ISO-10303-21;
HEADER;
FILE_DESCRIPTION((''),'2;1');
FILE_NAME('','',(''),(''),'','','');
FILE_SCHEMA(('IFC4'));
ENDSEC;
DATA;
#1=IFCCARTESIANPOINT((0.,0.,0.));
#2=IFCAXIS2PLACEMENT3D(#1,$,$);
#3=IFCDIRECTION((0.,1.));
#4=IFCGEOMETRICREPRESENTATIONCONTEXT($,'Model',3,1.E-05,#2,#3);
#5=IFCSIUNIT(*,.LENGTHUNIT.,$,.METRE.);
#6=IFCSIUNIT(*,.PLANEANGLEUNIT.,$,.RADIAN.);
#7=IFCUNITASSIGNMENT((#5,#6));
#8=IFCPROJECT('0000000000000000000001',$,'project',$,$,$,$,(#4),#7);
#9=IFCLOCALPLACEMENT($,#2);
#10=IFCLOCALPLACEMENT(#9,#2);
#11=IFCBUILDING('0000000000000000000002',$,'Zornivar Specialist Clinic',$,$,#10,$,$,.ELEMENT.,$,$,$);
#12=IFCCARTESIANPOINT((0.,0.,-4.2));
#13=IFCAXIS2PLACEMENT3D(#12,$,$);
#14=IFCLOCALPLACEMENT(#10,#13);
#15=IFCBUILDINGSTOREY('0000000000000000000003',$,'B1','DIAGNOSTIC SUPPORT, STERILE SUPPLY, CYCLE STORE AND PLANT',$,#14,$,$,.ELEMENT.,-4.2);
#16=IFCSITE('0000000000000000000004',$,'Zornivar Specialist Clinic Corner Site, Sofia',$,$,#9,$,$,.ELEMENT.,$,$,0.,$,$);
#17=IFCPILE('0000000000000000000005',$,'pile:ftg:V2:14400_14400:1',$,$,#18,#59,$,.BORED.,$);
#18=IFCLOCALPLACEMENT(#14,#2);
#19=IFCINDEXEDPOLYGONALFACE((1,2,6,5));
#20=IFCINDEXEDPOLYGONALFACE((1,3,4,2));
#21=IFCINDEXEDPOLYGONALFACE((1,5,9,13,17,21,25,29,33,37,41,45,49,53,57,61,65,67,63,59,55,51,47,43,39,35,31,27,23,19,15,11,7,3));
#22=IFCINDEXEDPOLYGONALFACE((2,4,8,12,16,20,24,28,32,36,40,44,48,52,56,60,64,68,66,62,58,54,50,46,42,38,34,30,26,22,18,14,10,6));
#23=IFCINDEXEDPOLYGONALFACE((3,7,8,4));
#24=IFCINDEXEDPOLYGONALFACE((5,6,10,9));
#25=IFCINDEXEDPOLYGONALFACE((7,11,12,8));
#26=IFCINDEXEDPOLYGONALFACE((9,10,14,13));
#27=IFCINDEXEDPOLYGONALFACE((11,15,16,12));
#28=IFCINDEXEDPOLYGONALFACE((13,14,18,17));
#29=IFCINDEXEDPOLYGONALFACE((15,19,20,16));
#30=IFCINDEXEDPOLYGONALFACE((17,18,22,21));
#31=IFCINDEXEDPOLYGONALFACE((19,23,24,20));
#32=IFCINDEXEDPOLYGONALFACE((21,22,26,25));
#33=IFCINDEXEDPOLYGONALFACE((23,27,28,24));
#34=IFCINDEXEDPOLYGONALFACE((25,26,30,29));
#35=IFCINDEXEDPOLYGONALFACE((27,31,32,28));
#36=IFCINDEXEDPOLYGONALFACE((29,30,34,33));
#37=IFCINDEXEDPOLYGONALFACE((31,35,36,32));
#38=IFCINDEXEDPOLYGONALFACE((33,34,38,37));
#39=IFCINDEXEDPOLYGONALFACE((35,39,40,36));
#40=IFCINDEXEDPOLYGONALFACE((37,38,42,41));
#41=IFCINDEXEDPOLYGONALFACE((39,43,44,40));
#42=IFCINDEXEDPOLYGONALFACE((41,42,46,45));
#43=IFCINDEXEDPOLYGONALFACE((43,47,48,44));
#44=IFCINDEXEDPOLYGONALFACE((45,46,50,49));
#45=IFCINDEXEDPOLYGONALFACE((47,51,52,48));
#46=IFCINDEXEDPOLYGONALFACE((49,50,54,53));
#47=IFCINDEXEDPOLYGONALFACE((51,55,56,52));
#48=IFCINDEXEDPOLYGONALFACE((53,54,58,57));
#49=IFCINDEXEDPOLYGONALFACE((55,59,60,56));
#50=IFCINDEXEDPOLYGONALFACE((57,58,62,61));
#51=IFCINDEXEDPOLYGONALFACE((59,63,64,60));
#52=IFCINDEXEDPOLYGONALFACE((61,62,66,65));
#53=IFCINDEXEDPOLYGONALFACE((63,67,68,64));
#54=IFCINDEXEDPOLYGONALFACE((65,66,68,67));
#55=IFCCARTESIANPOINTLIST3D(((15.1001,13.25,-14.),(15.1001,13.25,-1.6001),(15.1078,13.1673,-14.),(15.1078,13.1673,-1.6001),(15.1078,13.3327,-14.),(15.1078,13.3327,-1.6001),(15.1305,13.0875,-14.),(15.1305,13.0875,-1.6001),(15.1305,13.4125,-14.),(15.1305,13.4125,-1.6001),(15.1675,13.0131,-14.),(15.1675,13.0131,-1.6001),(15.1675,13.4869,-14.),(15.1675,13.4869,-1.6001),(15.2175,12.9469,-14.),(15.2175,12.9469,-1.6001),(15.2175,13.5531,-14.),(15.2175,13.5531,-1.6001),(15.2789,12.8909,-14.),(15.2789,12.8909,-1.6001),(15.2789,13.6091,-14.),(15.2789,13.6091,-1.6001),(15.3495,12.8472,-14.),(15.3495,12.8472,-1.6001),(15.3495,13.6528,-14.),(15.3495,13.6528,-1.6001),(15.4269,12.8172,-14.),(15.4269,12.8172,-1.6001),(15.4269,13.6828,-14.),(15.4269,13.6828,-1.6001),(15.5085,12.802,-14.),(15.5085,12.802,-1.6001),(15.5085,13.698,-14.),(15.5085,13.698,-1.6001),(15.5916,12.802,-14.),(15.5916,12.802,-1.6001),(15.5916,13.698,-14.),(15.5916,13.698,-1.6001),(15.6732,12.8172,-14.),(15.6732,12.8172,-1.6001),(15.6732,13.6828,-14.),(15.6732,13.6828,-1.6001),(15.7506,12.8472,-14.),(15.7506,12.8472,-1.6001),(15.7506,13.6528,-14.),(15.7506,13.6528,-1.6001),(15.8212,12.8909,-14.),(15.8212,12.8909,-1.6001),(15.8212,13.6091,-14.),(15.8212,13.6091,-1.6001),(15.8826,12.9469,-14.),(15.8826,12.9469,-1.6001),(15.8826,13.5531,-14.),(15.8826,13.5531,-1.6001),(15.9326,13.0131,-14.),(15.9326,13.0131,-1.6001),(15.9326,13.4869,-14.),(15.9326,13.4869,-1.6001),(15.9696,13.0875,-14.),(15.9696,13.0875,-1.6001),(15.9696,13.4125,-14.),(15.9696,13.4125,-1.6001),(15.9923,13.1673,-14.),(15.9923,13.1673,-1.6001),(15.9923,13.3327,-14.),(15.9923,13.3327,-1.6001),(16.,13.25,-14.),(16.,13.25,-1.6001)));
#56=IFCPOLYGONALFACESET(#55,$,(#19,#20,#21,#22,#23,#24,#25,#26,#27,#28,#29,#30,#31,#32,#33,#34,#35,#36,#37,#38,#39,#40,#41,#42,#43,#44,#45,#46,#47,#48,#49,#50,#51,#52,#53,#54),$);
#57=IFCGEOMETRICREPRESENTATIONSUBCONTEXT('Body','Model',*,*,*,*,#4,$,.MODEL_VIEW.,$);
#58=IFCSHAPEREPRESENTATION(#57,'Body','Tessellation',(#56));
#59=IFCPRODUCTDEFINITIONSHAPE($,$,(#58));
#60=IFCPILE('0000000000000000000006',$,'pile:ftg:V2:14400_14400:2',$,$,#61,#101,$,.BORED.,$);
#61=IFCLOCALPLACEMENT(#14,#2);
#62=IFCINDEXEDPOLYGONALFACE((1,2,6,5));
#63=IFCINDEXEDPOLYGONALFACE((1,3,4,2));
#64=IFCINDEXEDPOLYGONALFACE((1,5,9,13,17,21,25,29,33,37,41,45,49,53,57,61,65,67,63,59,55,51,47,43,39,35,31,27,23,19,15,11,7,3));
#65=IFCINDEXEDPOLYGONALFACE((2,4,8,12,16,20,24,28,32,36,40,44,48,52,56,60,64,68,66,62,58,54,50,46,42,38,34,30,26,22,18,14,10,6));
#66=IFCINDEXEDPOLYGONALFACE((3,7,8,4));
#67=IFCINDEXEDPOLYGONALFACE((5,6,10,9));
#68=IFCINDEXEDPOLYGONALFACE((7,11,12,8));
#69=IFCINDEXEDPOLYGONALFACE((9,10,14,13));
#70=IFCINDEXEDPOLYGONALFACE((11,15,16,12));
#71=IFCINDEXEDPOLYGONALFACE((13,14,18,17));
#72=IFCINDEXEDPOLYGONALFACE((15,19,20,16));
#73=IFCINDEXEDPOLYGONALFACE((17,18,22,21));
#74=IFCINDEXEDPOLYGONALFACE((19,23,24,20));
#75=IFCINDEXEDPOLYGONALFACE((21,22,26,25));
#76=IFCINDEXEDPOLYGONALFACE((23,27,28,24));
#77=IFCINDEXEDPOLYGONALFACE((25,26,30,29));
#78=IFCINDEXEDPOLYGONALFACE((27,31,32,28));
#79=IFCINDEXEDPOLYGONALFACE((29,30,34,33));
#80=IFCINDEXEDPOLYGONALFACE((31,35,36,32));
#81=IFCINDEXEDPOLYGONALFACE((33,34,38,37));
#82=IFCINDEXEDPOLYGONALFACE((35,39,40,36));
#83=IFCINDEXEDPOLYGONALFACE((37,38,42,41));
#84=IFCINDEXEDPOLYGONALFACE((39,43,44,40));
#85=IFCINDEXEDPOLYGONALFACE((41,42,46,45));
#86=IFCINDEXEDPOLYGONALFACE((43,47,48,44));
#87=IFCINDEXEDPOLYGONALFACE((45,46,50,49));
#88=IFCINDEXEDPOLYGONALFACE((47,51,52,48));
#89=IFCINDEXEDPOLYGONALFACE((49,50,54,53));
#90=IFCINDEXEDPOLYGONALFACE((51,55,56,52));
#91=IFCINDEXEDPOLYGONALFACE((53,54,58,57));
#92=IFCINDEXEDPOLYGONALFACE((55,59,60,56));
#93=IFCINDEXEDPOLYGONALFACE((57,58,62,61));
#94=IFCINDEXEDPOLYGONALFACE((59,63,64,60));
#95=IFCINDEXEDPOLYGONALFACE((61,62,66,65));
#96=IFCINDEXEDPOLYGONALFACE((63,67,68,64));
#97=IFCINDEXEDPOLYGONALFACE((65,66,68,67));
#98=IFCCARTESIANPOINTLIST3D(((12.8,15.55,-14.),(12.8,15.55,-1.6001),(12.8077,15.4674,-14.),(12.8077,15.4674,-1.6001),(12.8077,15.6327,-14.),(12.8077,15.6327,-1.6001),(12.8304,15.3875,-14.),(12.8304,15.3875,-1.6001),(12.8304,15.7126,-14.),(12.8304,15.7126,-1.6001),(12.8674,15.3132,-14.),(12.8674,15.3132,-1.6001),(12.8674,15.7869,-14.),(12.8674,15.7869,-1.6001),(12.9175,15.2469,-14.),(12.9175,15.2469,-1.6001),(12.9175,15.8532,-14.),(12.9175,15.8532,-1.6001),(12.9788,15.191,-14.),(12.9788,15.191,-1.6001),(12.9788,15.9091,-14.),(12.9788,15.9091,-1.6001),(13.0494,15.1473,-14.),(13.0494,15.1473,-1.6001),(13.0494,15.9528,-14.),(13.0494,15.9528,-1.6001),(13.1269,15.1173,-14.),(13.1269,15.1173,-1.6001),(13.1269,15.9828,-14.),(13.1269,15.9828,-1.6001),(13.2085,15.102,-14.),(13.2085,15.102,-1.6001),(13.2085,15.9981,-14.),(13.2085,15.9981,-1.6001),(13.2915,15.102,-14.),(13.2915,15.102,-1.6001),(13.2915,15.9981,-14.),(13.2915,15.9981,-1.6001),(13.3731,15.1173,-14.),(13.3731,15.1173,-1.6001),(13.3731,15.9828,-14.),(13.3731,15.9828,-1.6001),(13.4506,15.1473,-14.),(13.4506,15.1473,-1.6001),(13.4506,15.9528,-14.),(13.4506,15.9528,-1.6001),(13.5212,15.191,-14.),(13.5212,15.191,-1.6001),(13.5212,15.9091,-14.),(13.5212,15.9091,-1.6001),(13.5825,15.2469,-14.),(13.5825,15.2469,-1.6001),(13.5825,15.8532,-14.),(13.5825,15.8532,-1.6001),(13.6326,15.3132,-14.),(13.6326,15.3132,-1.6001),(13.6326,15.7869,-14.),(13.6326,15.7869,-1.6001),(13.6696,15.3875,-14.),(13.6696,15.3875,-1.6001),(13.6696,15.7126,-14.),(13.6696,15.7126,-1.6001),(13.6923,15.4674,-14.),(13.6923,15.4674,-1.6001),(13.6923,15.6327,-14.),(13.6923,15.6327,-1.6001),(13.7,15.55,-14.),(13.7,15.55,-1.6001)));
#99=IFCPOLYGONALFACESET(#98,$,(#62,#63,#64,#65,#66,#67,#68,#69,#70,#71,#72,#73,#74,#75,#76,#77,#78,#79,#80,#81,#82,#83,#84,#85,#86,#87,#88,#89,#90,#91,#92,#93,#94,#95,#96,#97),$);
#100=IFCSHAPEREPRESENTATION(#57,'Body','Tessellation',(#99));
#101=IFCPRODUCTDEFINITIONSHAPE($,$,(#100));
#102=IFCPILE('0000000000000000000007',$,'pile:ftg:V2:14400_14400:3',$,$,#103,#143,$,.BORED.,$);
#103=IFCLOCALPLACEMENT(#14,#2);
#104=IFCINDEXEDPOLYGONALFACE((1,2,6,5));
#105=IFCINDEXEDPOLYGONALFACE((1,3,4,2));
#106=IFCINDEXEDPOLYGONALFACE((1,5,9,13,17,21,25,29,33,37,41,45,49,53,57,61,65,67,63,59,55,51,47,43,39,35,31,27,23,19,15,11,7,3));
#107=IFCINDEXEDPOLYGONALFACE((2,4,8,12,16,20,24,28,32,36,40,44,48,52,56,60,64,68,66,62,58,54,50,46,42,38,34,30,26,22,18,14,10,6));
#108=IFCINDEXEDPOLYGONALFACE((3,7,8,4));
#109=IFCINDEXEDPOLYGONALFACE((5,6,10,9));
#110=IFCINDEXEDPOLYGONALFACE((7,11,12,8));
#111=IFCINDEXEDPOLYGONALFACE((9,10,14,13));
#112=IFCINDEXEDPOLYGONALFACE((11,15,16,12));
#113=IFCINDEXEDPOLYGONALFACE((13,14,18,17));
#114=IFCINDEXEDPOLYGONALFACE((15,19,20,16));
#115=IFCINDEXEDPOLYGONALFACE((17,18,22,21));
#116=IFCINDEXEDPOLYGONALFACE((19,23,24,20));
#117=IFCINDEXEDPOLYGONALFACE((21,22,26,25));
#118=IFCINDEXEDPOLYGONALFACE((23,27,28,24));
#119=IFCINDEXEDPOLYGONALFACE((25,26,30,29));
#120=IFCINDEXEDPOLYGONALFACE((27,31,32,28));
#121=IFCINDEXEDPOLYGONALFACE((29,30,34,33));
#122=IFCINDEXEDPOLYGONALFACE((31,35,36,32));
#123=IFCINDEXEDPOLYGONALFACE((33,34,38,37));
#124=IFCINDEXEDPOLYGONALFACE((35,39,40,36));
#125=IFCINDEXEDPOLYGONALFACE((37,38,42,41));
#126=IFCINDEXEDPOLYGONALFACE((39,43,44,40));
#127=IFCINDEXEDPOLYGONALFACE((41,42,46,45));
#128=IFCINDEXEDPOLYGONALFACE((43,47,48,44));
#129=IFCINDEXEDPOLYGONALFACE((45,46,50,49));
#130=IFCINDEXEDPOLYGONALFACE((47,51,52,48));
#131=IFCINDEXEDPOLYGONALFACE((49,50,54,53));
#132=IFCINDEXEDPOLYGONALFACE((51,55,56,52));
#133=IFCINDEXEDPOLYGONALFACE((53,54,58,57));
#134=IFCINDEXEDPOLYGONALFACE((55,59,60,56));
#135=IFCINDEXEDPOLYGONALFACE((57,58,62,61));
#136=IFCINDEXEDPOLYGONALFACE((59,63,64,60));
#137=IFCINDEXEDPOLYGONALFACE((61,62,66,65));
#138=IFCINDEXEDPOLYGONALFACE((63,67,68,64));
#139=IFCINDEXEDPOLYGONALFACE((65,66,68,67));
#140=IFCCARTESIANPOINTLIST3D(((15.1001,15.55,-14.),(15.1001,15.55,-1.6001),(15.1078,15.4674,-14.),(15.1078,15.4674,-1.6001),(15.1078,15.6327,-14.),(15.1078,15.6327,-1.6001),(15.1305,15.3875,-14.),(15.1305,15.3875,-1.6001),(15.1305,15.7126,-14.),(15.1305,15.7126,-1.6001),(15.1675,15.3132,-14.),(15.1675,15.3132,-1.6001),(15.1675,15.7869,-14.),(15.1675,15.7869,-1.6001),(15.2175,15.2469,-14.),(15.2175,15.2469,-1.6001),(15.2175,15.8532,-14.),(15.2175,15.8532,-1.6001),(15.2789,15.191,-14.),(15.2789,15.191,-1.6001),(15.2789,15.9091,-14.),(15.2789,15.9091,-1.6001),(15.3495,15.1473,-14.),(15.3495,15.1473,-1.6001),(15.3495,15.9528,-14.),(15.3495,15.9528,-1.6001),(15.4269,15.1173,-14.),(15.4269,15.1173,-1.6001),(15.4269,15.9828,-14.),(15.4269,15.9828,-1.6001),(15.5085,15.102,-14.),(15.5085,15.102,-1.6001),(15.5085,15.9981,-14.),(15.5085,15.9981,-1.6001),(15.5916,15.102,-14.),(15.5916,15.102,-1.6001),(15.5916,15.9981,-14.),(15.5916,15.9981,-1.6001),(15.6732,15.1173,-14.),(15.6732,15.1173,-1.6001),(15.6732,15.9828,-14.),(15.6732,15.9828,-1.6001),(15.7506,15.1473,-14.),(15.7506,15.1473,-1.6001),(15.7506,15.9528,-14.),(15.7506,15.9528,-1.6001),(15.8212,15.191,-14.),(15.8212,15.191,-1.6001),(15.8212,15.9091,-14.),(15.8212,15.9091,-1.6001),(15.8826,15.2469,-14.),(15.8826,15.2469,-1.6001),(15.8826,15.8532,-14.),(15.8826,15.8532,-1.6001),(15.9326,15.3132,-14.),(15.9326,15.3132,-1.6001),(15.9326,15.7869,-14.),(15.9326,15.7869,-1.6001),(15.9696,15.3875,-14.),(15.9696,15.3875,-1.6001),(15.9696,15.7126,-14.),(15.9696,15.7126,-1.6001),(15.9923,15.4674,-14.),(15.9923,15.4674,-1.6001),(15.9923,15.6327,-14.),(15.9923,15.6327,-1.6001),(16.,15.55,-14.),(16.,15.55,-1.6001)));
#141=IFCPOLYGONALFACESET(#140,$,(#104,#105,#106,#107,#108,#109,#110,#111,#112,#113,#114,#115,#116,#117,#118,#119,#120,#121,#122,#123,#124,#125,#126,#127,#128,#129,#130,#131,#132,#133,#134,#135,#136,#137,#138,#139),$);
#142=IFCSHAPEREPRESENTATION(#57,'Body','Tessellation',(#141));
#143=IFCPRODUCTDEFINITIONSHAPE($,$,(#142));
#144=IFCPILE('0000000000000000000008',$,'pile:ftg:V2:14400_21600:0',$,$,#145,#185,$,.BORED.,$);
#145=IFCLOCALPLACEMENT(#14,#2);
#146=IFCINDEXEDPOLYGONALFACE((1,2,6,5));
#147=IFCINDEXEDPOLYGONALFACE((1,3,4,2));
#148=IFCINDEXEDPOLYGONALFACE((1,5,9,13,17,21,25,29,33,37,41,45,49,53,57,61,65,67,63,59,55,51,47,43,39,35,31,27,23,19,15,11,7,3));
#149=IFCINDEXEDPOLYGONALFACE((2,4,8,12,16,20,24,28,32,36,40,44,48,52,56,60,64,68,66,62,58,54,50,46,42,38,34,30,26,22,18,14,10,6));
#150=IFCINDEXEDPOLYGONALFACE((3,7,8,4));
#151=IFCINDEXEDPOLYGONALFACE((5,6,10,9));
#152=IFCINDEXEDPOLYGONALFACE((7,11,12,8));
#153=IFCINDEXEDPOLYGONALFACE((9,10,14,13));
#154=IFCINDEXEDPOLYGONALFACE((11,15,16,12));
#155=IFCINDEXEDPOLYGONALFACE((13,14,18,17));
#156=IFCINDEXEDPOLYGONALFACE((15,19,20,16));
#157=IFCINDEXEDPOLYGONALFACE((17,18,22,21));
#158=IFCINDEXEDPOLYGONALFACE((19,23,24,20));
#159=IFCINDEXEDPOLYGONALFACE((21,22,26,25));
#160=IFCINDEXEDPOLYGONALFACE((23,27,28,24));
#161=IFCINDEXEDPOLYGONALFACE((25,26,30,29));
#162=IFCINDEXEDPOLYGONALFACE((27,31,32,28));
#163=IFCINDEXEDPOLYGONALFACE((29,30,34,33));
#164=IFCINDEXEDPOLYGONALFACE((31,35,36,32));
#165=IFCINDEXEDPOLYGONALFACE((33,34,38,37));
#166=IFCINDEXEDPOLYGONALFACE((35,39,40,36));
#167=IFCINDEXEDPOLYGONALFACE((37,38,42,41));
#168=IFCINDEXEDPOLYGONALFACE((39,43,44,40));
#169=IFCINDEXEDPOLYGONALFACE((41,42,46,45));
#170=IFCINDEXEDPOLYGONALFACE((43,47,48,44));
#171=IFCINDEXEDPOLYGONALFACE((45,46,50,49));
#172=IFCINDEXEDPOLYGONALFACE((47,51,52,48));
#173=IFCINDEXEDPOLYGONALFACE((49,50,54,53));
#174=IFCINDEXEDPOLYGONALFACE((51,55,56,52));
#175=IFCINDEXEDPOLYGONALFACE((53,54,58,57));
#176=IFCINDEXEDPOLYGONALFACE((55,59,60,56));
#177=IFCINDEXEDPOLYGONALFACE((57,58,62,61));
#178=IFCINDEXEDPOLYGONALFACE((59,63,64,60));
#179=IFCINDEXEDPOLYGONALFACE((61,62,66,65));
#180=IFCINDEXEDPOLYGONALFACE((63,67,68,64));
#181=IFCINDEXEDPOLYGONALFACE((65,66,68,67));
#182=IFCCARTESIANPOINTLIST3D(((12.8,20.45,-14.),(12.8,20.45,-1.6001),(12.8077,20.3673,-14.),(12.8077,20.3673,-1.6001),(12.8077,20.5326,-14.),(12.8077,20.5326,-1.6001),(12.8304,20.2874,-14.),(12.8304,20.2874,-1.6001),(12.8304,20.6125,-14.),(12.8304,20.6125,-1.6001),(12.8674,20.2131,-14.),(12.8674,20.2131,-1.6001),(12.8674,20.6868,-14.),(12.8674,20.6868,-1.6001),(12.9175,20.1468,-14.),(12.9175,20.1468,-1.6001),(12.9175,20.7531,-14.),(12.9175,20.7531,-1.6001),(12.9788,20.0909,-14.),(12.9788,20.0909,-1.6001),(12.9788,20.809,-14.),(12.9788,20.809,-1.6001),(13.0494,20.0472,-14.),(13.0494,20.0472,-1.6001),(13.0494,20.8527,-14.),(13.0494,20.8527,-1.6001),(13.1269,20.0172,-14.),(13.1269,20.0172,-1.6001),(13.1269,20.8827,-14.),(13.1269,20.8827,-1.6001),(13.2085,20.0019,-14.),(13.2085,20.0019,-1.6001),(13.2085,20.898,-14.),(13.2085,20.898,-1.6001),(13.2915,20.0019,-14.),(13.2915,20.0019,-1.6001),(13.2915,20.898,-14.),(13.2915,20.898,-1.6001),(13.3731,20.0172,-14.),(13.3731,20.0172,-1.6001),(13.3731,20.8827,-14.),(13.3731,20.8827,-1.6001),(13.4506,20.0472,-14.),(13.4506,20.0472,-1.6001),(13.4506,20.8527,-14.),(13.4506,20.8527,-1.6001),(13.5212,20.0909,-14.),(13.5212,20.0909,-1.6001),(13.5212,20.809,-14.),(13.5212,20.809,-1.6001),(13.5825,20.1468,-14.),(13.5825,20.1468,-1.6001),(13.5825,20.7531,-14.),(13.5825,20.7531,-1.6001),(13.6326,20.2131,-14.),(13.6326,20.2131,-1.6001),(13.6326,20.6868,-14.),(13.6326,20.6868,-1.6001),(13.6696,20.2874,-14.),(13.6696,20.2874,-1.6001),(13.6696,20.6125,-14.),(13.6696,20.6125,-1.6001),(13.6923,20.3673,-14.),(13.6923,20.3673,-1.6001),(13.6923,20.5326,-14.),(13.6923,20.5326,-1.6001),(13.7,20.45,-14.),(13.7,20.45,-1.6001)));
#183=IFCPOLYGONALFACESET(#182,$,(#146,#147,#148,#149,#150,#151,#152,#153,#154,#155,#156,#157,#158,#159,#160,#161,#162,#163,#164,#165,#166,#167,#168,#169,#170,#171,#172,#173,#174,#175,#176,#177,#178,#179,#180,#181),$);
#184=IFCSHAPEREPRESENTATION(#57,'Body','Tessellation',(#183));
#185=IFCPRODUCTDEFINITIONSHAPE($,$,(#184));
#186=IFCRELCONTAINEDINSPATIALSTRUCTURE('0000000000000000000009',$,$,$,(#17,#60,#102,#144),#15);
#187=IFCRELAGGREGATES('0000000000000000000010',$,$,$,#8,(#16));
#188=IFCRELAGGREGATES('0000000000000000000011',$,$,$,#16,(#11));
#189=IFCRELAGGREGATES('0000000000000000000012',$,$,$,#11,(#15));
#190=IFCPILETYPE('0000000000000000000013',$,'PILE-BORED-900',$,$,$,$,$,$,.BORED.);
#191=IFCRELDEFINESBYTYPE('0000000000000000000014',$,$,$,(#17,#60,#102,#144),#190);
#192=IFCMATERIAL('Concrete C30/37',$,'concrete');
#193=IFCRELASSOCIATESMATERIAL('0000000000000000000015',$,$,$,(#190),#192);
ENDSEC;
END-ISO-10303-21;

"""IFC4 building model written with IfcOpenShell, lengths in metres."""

from ifc_helpers import new_model, si_unit, direction, frame, origin, origin_2d, place, context, subcontext, project, spatial, circle, extrude, material, material_profile, profile_set, type_object, element, save


model = new_model("IFC4")

# Units and contexts
model_context = context("Model", 3, precision=1e-05, world=origin(), true_north=direction((0.0, 1.0)))
body_context = subcontext(model_context, "Body", "Model", "MODEL_VIEW")
ifc_project = project(units=[si_unit("LENGTHUNIT", "METRE"), si_unit("PLANEANGLEUNIT", "RADIAN")], contexts=[model_context])

# Site, building, storey
site_placement = place(None, origin())
site = spatial("IfcSite", under=ifc_project, at=site_placement, Name="Zornivar Specialist Clinic Corner Site, Sofia", CompositionType="ELEMENT", RefElevation=0.0)
building_placement = place(site_placement, origin())
building = spatial("IfcBuilding", under=site, at=building_placement, Name="Zornivar Specialist Clinic", CompositionType="ELEMENT")
storey_placement = place(building_placement, frame((0.0, 0.0, -4.2)))
storey = spatial("IfcBuildingStorey", under=building, at=storey_placement, Name="B1", Description="DIAGNOSTIC SUPPORT, STERILE SUPPLY, CYCLE STORE AND PLANT", CompositionType="ELEMENT", Elevation=-4.2)

# Piles
ifc_material_1 = material(Name="Concrete C30/37", Category="concrete")
ifc_material_profile_1 = material_profile(ifc_material_1, circle(Radius=0.45, at=origin_2d()), Name="PILE D900")
ifc_profile_set_1 = profile_set([ifc_material_profile_1], Name="Concrete C30/37")
pile_type = type_object("IfcPileType", Name="PILE-BORED-900", PredefinedType="BORED", material=ifc_profile_set_1)
for number, where, z_axis, x_axis, name in (
    (1, (15.55, 13.25, -1.6001), (0.0, 0.0, -1.0), (1.0, 0.0, 0.0), "pile:ftg:V2:14400_14400:1"),
    (2, (13.25, 15.55, -1.6001), (0.0, 0.0, -1.0), (1.0, 0.0, 0.0), "pile:ftg:V2:14400_14400:2"),
    (3, (15.55, 15.55, -1.6001), (0.0, 0.0, -1.0), (1.0, 0.0, 0.0), "pile:ftg:V2:14400_14400:3"),
    (4, (13.25, 20.45, -1.6001), (0.0, 0.0, -1.0), (1.0, 0.0, 0.0), "pile:ftg:V2:14400_21600:0"),
):
    element("IfcPile", number, at=place(storey_placement, frame(where, z_axis=z_axis, x_axis=x_axis)), inside=storey, type_object=pile_type, Name=name, PredefinedType="BORED", context=body_context, shape_type="SweptSolid", body=[
        extrude(circle(Radius=0.45, at=origin_2d()), origin(), (0.0, 0.0, 1.0), 12.3999),
    ])

save(model, "model.ifc")
